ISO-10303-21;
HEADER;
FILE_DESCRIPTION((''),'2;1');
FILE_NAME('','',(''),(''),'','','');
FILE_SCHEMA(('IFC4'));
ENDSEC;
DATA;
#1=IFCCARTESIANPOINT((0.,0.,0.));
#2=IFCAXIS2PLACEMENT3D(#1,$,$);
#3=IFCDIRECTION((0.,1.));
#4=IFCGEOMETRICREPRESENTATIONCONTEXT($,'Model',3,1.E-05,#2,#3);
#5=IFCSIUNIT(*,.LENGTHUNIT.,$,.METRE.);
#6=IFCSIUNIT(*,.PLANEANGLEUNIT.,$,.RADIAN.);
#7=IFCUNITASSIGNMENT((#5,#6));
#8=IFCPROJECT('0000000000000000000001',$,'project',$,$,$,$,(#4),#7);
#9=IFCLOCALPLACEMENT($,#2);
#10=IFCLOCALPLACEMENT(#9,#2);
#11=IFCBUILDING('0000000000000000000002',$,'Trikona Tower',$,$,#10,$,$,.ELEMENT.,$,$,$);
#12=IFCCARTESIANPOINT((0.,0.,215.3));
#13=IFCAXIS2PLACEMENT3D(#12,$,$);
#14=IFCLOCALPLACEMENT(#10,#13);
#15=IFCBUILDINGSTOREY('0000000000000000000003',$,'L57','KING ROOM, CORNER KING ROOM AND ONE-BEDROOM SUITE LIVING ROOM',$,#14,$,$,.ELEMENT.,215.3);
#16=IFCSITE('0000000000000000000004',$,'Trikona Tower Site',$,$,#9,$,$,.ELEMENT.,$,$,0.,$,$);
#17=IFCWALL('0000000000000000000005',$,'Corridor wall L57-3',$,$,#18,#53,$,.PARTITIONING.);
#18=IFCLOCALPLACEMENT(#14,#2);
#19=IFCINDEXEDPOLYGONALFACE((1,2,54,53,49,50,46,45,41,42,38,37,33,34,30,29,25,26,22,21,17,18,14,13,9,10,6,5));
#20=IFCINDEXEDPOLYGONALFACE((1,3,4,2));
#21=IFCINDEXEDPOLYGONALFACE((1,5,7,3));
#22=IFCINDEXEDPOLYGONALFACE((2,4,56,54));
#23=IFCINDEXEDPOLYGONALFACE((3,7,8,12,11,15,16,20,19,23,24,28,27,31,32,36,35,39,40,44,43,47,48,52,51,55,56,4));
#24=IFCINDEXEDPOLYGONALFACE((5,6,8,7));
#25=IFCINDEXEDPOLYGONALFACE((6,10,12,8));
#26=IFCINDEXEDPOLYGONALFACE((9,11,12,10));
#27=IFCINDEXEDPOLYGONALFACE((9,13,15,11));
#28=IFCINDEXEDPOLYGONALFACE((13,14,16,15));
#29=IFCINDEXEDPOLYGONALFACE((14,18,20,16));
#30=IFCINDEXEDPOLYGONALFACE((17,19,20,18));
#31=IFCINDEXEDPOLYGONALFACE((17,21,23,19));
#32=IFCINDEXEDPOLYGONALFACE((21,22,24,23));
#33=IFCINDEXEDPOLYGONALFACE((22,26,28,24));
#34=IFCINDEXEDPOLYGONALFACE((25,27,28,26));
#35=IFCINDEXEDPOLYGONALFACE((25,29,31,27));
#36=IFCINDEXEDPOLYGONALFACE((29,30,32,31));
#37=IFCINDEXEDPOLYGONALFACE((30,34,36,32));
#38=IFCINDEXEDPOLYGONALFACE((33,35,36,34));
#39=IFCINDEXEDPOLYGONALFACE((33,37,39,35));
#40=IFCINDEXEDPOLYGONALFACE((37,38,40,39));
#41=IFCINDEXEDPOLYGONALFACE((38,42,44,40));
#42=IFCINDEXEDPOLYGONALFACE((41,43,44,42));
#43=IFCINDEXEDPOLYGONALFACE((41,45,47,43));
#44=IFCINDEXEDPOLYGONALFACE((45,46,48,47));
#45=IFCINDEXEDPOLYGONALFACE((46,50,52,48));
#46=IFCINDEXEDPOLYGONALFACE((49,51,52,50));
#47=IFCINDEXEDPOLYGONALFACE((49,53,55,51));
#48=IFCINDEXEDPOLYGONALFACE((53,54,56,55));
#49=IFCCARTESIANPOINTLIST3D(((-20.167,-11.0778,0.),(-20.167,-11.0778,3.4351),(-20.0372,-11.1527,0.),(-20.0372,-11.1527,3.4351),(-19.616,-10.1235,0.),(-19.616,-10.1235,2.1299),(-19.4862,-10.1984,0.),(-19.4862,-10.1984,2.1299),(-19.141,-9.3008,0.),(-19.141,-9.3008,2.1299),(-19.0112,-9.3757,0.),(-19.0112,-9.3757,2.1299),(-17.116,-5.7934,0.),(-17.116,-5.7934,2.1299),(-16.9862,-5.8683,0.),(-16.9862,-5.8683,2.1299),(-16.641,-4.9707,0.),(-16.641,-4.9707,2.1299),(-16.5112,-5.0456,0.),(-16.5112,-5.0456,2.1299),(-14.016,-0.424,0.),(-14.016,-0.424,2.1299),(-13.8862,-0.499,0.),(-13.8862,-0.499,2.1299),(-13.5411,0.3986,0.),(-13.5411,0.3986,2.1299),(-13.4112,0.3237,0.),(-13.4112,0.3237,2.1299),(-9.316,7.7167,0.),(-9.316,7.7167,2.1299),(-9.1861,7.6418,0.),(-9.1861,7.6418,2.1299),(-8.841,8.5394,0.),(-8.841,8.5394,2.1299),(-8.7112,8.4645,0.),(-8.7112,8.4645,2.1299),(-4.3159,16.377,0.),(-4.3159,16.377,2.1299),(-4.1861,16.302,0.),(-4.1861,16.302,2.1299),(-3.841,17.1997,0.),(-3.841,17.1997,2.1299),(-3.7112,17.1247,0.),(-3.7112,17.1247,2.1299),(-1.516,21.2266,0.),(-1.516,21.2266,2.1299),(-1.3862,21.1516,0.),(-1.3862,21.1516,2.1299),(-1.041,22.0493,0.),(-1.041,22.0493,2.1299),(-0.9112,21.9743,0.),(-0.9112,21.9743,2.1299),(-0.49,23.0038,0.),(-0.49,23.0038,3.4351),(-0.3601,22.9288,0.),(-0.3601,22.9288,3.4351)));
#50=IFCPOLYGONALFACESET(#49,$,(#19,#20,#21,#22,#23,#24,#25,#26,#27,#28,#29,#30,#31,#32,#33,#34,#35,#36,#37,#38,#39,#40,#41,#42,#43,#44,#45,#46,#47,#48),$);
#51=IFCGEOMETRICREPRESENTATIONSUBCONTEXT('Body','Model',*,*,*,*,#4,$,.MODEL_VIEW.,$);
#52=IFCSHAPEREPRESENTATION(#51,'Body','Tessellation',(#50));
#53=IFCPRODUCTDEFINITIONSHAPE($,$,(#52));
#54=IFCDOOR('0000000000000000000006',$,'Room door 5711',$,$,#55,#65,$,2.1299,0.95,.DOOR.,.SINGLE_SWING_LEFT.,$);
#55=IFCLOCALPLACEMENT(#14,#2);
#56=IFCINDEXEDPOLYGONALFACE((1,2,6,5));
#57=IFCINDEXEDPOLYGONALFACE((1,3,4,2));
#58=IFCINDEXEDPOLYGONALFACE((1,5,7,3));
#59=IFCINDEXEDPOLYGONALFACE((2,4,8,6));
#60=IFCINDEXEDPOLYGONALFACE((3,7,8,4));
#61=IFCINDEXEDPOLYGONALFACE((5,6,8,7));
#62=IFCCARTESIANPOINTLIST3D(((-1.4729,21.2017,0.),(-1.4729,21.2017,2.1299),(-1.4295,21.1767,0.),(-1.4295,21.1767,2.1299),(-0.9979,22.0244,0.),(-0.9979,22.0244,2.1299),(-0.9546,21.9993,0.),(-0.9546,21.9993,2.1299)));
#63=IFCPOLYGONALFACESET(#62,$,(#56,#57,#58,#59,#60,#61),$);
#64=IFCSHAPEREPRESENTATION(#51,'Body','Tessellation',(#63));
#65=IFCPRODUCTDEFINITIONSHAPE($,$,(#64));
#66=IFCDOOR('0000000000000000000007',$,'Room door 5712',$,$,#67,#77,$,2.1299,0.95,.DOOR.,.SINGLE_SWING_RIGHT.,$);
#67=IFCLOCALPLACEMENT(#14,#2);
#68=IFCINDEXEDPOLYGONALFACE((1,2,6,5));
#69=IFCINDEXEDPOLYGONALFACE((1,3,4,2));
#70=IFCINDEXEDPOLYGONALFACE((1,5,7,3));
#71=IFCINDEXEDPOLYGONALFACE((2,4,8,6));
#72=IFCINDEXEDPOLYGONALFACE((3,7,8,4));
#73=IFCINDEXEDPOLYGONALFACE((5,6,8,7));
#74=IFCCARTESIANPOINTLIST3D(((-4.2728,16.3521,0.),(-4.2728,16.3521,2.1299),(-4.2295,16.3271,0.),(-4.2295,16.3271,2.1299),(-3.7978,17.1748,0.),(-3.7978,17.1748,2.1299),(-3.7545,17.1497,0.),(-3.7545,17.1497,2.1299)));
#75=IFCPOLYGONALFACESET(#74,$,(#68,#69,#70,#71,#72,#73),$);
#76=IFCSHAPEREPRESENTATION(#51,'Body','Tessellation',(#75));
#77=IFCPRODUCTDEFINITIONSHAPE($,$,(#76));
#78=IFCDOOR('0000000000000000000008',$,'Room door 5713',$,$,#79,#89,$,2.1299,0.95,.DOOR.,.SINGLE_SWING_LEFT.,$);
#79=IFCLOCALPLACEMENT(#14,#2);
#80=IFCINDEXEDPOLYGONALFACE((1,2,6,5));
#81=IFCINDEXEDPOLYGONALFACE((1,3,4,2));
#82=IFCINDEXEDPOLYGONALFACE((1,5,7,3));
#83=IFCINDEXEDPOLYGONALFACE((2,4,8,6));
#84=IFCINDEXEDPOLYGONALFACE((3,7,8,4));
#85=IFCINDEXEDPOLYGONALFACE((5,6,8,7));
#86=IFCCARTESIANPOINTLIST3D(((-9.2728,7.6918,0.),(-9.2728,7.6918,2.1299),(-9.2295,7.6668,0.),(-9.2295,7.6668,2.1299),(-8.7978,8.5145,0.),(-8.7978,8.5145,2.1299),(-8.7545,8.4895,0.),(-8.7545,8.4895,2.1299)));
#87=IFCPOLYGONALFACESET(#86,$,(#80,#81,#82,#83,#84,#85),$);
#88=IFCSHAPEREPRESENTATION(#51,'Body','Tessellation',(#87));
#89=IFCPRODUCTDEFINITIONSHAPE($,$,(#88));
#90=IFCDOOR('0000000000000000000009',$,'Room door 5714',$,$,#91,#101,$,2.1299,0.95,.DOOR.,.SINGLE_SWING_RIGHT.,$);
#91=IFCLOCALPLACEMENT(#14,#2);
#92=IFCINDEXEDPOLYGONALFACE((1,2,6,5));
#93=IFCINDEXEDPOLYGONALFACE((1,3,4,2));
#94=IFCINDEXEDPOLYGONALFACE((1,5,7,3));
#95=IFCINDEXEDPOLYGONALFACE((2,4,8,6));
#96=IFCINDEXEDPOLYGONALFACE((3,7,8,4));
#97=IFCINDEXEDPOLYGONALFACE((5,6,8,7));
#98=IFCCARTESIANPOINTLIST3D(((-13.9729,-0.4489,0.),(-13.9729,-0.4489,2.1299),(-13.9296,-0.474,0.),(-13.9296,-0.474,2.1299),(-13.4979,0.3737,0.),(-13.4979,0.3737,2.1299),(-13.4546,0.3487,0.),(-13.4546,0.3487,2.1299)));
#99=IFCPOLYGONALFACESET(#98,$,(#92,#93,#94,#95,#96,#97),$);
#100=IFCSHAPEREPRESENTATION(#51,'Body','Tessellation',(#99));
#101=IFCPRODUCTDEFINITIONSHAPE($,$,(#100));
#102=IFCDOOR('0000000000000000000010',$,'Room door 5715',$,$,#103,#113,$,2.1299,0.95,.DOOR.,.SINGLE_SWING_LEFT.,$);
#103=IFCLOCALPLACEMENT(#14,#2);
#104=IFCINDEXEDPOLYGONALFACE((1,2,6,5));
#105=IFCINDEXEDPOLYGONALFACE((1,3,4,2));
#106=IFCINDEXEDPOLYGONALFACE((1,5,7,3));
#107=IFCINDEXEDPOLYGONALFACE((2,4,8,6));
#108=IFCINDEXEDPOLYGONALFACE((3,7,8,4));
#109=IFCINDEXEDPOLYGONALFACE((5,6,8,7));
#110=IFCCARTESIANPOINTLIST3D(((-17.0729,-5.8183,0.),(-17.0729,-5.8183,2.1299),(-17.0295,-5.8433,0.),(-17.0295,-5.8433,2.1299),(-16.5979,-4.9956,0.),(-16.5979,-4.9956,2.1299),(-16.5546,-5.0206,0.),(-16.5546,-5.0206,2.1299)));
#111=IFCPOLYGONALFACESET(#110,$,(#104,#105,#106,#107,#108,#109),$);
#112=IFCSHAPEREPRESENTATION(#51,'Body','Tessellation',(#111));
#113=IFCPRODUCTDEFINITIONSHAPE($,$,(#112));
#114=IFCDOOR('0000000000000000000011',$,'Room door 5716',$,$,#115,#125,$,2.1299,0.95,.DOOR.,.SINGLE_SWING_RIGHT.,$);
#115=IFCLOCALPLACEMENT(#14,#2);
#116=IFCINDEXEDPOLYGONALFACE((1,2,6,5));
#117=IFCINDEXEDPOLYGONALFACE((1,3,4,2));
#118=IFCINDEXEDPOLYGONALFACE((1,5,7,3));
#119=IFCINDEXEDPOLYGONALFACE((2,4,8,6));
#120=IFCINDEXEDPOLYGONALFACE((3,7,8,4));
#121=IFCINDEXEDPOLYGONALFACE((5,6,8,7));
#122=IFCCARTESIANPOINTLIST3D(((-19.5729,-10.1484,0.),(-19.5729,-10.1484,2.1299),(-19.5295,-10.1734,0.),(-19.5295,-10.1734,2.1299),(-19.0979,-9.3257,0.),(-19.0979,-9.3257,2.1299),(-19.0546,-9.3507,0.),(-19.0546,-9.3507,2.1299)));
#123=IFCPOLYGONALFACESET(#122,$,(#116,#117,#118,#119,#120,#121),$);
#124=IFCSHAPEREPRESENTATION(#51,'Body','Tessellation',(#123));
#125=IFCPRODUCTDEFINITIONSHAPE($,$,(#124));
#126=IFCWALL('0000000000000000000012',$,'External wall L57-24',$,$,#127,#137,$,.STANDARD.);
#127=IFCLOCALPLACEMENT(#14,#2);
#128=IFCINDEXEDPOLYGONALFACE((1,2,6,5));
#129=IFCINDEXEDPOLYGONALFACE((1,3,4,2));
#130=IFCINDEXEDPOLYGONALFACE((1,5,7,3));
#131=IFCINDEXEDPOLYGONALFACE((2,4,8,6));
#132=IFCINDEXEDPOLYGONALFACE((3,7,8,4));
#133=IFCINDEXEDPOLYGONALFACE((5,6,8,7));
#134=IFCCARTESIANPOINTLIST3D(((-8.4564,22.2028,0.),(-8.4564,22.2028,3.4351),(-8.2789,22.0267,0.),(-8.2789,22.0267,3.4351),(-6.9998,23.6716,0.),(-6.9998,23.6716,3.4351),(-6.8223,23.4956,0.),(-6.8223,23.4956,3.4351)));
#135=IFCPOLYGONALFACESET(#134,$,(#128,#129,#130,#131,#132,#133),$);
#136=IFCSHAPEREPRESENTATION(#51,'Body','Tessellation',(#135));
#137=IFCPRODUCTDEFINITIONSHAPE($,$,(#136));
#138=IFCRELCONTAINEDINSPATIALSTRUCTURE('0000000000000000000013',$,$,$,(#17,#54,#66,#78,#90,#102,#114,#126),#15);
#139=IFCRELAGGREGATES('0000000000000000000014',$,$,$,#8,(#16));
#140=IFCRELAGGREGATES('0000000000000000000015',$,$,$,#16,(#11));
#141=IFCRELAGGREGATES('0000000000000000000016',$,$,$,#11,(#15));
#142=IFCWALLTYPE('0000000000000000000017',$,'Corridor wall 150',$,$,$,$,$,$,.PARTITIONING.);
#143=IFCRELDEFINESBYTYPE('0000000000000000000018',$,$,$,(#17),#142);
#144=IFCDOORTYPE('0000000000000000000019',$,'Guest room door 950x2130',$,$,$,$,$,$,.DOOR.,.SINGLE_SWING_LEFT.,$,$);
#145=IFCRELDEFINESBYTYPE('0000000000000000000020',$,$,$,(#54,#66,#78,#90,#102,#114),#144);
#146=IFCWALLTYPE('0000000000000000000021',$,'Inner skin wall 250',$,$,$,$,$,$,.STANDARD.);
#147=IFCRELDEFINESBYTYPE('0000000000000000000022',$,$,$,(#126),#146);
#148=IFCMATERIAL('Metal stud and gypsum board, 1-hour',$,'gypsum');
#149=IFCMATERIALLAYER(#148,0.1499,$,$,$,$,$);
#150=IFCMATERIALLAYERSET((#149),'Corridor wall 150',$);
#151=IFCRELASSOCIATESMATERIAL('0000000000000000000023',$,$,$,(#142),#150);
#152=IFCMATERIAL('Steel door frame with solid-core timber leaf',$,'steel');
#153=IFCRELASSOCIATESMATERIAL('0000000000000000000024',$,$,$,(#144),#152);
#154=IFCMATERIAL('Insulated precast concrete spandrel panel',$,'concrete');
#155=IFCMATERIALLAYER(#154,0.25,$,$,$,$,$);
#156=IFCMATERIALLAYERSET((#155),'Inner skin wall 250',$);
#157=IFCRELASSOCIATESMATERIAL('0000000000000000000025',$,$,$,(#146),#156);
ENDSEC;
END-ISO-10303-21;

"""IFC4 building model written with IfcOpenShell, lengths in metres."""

from ifc_helpers import new_model, si_unit, direction, frame, frame_2d, origin, place, context, subcontext, project, spatial, rectangle, extrude, material, layer, layer_set, type_object, element, fill, save


model = new_model("IFC4")

# Units and contexts
model_context = context("Model", 3, precision=1e-05, world=origin(), true_north=direction((0.0, 1.0)))
body_context = subcontext(model_context, "Body", "Model", "MODEL_VIEW")
ifc_project = project(units=[si_unit("LENGTHUNIT", "METRE"), si_unit("PLANEANGLEUNIT", "RADIAN")], contexts=[model_context])

# Site, building, storey
site_placement = place(None, origin())
site = spatial("IfcSite", under=ifc_project, at=site_placement, Name="Trikona Tower Site", CompositionType="ELEMENT", RefElevation=0.0)
building_placement = place(site_placement, origin())
building = spatial("IfcBuilding", under=site, at=building_placement, Name="Trikona Tower", CompositionType="ELEMENT")
storey_placement = place(building_placement, frame((0.0, 0.0, 215.3)))
storey = spatial("IfcBuildingStorey", under=building, at=storey_placement, Name="L57", Description="KING ROOM, CORNER KING ROOM AND ONE-BEDROOM SUITE LIVING ROOM", CompositionType="ELEMENT", Elevation=215.3)

# Wall, openings, doors
ifc_material_1 = material(Name="Metal stud and gypsum board, 1-hour", Category="gypsum")
ifc_layer_1 = layer(ifc_material_1, 0.1499)
ifc_layer_set_1 = layer_set([ifc_layer_1], Name="Corridor wall 150")
wall_type_1 = type_object("IfcWallType", Name="Corridor wall 150", PredefinedType="PARTITIONING", material=ifc_layer_set_1)
wall_1_placement = place(storey_placement, frame((-0.425, 22.9663, 0.0), z_axis=(0.0, 0.0, 1.0), x_axis=(-0.5, -0.866025, 0.0)))
wall_1 = element("IfcWall", 1, at=wall_1_placement, inside=storey, type_object=wall_type_1, Name="Corridor wall L57-3", PredefinedType="PARTITIONING", context=body_context, shape_type="SweptSolid", body=[
    extrude(rectangle(XDim=39.354, YDim=0.1499, at=frame_2d((19.677, 0.0))), origin(), (0.0, 0.0, 1.0), 3.4351),
])
opening_1_placement = place(wall_1_placement, frame((1.1021, 0.0, 0.0)))
opening_1 = element("IfcOpeningElement", 2, at=opening_1_placement, cuts=wall_1, PredefinedType="OPENING", context=body_context, shape_type="SweptSolid", body=[
    extrude(rectangle(XDim=0.95, YDim=2.1299, at=frame_2d((0.4751, 1.0649))), frame((0.0, 0.085, 0.0), z_axis=(0.0, -1.0, 0.0), x_axis=(1.0, 0.0, 0.0)), (0.0, 0.0, 1.0), 0.1699),
])
opening_2_placement = place(wall_1_placement, frame((6.7019, 0.0, 0.0)))
opening_2 = element("IfcOpeningElement", 3, at=opening_2_placement, cuts=wall_1, PredefinedType="OPENING", context=body_context, shape_type="SweptSolid", body=[
    extrude(rectangle(XDim=0.95, YDim=2.1299, at=frame_2d((0.4751, 1.0649))), frame((0.0, 0.085, 0.0), z_axis=(0.0, -1.0, 0.0), x_axis=(1.0, 0.0, 0.0)), (0.0, 0.0, 1.0), 0.1699),
])
opening_3_placement = place(wall_1_placement, frame((16.7019, 0.0, 0.0)))
opening_3 = element("IfcOpeningElement", 4, at=opening_3_placement, cuts=wall_1, PredefinedType="OPENING", context=body_context, shape_type="SweptSolid", body=[
    extrude(rectangle(XDim=0.95, YDim=2.1299, at=frame_2d((0.4751, 1.0649))), frame((0.0, 0.085, 0.0), z_axis=(0.0, -1.0, 0.0), x_axis=(1.0, 0.0, 0.0)), (0.0, 0.0, 1.0), 0.1699),
])
opening_4_placement = place(wall_1_placement, frame((26.1021, 0.0, 0.0)))
opening_4 = element("IfcOpeningElement", 5, at=opening_4_placement, cuts=wall_1, PredefinedType="OPENING", context=body_context, shape_type="SweptSolid", body=[
    extrude(rectangle(XDim=0.95, YDim=2.1299, at=frame_2d((0.4751, 1.0649))), frame((0.0, 0.085, 0.0), z_axis=(0.0, -1.0, 0.0), x_axis=(1.0, 0.0, 0.0)), (0.0, 0.0, 1.0), 0.1699),
])
opening_5_placement = place(wall_1_placement, frame((32.302, 0.0, 0.0)))
opening_5 = element("IfcOpeningElement", 6, at=opening_5_placement, cuts=wall_1, PredefinedType="OPENING", context=body_context, shape_type="SweptSolid", body=[
    extrude(rectangle(XDim=0.95, YDim=2.1299, at=frame_2d((0.4751, 1.0649))), frame((0.0, 0.085, 0.0), z_axis=(0.0, -1.0, 0.0), x_axis=(1.0, 0.0, 0.0)), (0.0, 0.0, 1.0), 0.1699),
])
opening_6_placement = place(wall_1_placement, frame((37.302, 0.0, 0.0)))
opening_6 = element("IfcOpeningElement", 7, at=opening_6_placement, cuts=wall_1, PredefinedType="OPENING", context=body_context, shape_type="SweptSolid", body=[
    extrude(rectangle(XDim=0.95, YDim=2.1299, at=frame_2d((0.4751, 1.0649))), frame((0.0, 0.085, 0.0), z_axis=(0.0, -1.0, 0.0), x_axis=(1.0, 0.0, 0.0)), (0.0, 0.0, 1.0), 0.1699),
])
ifc_material_2 = material(Name="Steel door frame with solid-core timber leaf", Category="steel")
door_type = type_object("IfcDoorType", Name="Guest room door 950x2130", OperationType="SINGLE_SWING_LEFT", PredefinedType="DOOR", material=ifc_material_2)
door_1_placement = place(opening_1_placement, origin())
door_1 = element("IfcDoor", 8, at=door_1_placement, inside=storey, type_object=door_type, Name="Room door 5711", OperationType="SINGLE_SWING_LEFT", OverallHeight=2.1299, OverallWidth=0.95, PredefinedType="DOOR", context=body_context, shape_type="SweptSolid", body=[
    extrude(rectangle(XDim=0.95, YDim=2.1299, at=frame_2d((0.4751, 1.0649))), frame((0.0, 0.0249, 0.0), z_axis=(0.0, -1.0, 0.0), x_axis=(1.0, 0.0, 0.0)), (0.0, 0.0, 1.0), 0.05),
])
fill(opening_1, door_1)
door_2_placement = place(opening_2_placement, origin())
door_2 = element("IfcDoor", 9, at=door_2_placement, inside=storey, type_object=door_type, Name="Room door 5712", OperationType="SINGLE_SWING_RIGHT", OverallHeight=2.1299, OverallWidth=0.95, PredefinedType="DOOR", context=body_context, shape_type="SweptSolid", body=[
    extrude(rectangle(XDim=0.95, YDim=2.1299, at=frame_2d((0.4751, 1.0649))), frame((0.0, 0.0249, 0.0), z_axis=(0.0, -1.0, 0.0), x_axis=(1.0, 0.0, 0.0)), (0.0, 0.0, 1.0), 0.05),
])
fill(opening_2, door_2)
door_3_placement = place(opening_3_placement, origin())
door_3 = element("IfcDoor", 10, at=door_3_placement, inside=storey, type_object=door_type, Name="Room door 5713", OperationType="SINGLE_SWING_LEFT", OverallHeight=2.1299, OverallWidth=0.95, PredefinedType="DOOR", context=body_context, shape_type="SweptSolid", body=[
    extrude(rectangle(XDim=0.95, YDim=2.1299, at=frame_2d((0.4751, 1.0649))), frame((0.0, 0.0249, 0.0), z_axis=(0.0, -1.0, 0.0), x_axis=(1.0, 0.0, 0.0)), (0.0, 0.0, 1.0), 0.05),
])
fill(opening_3, door_3)
door_4_placement = place(opening_4_placement, origin())
door_4 = element("IfcDoor", 11, at=door_4_placement, inside=storey, type_object=door_type, Name="Room door 5714", OperationType="SINGLE_SWING_RIGHT", OverallHeight=2.1299, OverallWidth=0.95, PredefinedType="DOOR", context=body_context, shape_type="SweptSolid", body=[
    extrude(rectangle(XDim=0.95, YDim=2.1299, at=frame_2d((0.4751, 1.0649))), frame((0.0, 0.0249, 0.0), z_axis=(0.0, -1.0, 0.0), x_axis=(1.0, 0.0, 0.0)), (0.0, 0.0, 1.0), 0.05),
])
fill(opening_4, door_4)
door_5_placement = place(opening_5_placement, origin())
door_5 = element("IfcDoor", 12, at=door_5_placement, inside=storey, type_object=door_type, Name="Room door 5715", OperationType="SINGLE_SWING_LEFT", OverallHeight=2.1299, OverallWidth=0.95, PredefinedType="DOOR", context=body_context, shape_type="SweptSolid", body=[
    extrude(rectangle(XDim=0.95, YDim=2.1299, at=frame_2d((0.4751, 1.0649))), frame((0.0, 0.0249, 0.0), z_axis=(0.0, -1.0, 0.0), x_axis=(1.0, 0.0, 0.0)), (0.0, 0.0, 1.0), 0.05),
])
fill(opening_5, door_5)
door_6_placement = place(opening_6_placement, origin())
door_6 = element("IfcDoor", 13, at=door_6_placement, inside=storey, type_object=door_type, Name="Room door 5716", OperationType="SINGLE_SWING_RIGHT", OverallHeight=2.1299, OverallWidth=0.95, PredefinedType="DOOR", context=body_context, shape_type="SweptSolid", body=[
    extrude(rectangle(XDim=0.95, YDim=2.1299, at=frame_2d((0.4751, 1.0649))), frame((0.0, 0.0249, 0.0), z_axis=(0.0, -1.0, 0.0), x_axis=(1.0, 0.0, 0.0)), (0.0, 0.0, 1.0), 0.05),
])
fill(opening_6, door_6)

# Wall
ifc_material_3 = material(Name="Insulated precast concrete spandrel panel", Category="concrete")
ifc_layer_2 = layer(ifc_material_3, 0.25)
ifc_layer_set_2 = layer_set([ifc_layer_2], Name="Inner skin wall 250")
wall_type_2 = type_object("IfcWallType", Name="Inner skin wall 250", PredefinedType="STANDARD", material=ifc_layer_set_2)
wall_2_placement = place(storey_placement, frame((-6.9111, 23.5835, 0.0), z_axis=(0.0, 0.0, 1.0), x_axis=(-0.70415, -0.710051, 0.0)))
element("IfcWall", 14, at=wall_2_placement, inside=storey, type_object=wall_type_2, Name="External wall L57-24", PredefinedType="STANDARD", context=body_context, shape_type="SweptSolid", body=[
    extrude(rectangle(XDim=2.0686, YDim=0.25, at=frame_2d((1.0342, 0.0))), origin(), (0.0, 0.0, 1.0), 3.4351),
])

save(model, "model.ifc")
